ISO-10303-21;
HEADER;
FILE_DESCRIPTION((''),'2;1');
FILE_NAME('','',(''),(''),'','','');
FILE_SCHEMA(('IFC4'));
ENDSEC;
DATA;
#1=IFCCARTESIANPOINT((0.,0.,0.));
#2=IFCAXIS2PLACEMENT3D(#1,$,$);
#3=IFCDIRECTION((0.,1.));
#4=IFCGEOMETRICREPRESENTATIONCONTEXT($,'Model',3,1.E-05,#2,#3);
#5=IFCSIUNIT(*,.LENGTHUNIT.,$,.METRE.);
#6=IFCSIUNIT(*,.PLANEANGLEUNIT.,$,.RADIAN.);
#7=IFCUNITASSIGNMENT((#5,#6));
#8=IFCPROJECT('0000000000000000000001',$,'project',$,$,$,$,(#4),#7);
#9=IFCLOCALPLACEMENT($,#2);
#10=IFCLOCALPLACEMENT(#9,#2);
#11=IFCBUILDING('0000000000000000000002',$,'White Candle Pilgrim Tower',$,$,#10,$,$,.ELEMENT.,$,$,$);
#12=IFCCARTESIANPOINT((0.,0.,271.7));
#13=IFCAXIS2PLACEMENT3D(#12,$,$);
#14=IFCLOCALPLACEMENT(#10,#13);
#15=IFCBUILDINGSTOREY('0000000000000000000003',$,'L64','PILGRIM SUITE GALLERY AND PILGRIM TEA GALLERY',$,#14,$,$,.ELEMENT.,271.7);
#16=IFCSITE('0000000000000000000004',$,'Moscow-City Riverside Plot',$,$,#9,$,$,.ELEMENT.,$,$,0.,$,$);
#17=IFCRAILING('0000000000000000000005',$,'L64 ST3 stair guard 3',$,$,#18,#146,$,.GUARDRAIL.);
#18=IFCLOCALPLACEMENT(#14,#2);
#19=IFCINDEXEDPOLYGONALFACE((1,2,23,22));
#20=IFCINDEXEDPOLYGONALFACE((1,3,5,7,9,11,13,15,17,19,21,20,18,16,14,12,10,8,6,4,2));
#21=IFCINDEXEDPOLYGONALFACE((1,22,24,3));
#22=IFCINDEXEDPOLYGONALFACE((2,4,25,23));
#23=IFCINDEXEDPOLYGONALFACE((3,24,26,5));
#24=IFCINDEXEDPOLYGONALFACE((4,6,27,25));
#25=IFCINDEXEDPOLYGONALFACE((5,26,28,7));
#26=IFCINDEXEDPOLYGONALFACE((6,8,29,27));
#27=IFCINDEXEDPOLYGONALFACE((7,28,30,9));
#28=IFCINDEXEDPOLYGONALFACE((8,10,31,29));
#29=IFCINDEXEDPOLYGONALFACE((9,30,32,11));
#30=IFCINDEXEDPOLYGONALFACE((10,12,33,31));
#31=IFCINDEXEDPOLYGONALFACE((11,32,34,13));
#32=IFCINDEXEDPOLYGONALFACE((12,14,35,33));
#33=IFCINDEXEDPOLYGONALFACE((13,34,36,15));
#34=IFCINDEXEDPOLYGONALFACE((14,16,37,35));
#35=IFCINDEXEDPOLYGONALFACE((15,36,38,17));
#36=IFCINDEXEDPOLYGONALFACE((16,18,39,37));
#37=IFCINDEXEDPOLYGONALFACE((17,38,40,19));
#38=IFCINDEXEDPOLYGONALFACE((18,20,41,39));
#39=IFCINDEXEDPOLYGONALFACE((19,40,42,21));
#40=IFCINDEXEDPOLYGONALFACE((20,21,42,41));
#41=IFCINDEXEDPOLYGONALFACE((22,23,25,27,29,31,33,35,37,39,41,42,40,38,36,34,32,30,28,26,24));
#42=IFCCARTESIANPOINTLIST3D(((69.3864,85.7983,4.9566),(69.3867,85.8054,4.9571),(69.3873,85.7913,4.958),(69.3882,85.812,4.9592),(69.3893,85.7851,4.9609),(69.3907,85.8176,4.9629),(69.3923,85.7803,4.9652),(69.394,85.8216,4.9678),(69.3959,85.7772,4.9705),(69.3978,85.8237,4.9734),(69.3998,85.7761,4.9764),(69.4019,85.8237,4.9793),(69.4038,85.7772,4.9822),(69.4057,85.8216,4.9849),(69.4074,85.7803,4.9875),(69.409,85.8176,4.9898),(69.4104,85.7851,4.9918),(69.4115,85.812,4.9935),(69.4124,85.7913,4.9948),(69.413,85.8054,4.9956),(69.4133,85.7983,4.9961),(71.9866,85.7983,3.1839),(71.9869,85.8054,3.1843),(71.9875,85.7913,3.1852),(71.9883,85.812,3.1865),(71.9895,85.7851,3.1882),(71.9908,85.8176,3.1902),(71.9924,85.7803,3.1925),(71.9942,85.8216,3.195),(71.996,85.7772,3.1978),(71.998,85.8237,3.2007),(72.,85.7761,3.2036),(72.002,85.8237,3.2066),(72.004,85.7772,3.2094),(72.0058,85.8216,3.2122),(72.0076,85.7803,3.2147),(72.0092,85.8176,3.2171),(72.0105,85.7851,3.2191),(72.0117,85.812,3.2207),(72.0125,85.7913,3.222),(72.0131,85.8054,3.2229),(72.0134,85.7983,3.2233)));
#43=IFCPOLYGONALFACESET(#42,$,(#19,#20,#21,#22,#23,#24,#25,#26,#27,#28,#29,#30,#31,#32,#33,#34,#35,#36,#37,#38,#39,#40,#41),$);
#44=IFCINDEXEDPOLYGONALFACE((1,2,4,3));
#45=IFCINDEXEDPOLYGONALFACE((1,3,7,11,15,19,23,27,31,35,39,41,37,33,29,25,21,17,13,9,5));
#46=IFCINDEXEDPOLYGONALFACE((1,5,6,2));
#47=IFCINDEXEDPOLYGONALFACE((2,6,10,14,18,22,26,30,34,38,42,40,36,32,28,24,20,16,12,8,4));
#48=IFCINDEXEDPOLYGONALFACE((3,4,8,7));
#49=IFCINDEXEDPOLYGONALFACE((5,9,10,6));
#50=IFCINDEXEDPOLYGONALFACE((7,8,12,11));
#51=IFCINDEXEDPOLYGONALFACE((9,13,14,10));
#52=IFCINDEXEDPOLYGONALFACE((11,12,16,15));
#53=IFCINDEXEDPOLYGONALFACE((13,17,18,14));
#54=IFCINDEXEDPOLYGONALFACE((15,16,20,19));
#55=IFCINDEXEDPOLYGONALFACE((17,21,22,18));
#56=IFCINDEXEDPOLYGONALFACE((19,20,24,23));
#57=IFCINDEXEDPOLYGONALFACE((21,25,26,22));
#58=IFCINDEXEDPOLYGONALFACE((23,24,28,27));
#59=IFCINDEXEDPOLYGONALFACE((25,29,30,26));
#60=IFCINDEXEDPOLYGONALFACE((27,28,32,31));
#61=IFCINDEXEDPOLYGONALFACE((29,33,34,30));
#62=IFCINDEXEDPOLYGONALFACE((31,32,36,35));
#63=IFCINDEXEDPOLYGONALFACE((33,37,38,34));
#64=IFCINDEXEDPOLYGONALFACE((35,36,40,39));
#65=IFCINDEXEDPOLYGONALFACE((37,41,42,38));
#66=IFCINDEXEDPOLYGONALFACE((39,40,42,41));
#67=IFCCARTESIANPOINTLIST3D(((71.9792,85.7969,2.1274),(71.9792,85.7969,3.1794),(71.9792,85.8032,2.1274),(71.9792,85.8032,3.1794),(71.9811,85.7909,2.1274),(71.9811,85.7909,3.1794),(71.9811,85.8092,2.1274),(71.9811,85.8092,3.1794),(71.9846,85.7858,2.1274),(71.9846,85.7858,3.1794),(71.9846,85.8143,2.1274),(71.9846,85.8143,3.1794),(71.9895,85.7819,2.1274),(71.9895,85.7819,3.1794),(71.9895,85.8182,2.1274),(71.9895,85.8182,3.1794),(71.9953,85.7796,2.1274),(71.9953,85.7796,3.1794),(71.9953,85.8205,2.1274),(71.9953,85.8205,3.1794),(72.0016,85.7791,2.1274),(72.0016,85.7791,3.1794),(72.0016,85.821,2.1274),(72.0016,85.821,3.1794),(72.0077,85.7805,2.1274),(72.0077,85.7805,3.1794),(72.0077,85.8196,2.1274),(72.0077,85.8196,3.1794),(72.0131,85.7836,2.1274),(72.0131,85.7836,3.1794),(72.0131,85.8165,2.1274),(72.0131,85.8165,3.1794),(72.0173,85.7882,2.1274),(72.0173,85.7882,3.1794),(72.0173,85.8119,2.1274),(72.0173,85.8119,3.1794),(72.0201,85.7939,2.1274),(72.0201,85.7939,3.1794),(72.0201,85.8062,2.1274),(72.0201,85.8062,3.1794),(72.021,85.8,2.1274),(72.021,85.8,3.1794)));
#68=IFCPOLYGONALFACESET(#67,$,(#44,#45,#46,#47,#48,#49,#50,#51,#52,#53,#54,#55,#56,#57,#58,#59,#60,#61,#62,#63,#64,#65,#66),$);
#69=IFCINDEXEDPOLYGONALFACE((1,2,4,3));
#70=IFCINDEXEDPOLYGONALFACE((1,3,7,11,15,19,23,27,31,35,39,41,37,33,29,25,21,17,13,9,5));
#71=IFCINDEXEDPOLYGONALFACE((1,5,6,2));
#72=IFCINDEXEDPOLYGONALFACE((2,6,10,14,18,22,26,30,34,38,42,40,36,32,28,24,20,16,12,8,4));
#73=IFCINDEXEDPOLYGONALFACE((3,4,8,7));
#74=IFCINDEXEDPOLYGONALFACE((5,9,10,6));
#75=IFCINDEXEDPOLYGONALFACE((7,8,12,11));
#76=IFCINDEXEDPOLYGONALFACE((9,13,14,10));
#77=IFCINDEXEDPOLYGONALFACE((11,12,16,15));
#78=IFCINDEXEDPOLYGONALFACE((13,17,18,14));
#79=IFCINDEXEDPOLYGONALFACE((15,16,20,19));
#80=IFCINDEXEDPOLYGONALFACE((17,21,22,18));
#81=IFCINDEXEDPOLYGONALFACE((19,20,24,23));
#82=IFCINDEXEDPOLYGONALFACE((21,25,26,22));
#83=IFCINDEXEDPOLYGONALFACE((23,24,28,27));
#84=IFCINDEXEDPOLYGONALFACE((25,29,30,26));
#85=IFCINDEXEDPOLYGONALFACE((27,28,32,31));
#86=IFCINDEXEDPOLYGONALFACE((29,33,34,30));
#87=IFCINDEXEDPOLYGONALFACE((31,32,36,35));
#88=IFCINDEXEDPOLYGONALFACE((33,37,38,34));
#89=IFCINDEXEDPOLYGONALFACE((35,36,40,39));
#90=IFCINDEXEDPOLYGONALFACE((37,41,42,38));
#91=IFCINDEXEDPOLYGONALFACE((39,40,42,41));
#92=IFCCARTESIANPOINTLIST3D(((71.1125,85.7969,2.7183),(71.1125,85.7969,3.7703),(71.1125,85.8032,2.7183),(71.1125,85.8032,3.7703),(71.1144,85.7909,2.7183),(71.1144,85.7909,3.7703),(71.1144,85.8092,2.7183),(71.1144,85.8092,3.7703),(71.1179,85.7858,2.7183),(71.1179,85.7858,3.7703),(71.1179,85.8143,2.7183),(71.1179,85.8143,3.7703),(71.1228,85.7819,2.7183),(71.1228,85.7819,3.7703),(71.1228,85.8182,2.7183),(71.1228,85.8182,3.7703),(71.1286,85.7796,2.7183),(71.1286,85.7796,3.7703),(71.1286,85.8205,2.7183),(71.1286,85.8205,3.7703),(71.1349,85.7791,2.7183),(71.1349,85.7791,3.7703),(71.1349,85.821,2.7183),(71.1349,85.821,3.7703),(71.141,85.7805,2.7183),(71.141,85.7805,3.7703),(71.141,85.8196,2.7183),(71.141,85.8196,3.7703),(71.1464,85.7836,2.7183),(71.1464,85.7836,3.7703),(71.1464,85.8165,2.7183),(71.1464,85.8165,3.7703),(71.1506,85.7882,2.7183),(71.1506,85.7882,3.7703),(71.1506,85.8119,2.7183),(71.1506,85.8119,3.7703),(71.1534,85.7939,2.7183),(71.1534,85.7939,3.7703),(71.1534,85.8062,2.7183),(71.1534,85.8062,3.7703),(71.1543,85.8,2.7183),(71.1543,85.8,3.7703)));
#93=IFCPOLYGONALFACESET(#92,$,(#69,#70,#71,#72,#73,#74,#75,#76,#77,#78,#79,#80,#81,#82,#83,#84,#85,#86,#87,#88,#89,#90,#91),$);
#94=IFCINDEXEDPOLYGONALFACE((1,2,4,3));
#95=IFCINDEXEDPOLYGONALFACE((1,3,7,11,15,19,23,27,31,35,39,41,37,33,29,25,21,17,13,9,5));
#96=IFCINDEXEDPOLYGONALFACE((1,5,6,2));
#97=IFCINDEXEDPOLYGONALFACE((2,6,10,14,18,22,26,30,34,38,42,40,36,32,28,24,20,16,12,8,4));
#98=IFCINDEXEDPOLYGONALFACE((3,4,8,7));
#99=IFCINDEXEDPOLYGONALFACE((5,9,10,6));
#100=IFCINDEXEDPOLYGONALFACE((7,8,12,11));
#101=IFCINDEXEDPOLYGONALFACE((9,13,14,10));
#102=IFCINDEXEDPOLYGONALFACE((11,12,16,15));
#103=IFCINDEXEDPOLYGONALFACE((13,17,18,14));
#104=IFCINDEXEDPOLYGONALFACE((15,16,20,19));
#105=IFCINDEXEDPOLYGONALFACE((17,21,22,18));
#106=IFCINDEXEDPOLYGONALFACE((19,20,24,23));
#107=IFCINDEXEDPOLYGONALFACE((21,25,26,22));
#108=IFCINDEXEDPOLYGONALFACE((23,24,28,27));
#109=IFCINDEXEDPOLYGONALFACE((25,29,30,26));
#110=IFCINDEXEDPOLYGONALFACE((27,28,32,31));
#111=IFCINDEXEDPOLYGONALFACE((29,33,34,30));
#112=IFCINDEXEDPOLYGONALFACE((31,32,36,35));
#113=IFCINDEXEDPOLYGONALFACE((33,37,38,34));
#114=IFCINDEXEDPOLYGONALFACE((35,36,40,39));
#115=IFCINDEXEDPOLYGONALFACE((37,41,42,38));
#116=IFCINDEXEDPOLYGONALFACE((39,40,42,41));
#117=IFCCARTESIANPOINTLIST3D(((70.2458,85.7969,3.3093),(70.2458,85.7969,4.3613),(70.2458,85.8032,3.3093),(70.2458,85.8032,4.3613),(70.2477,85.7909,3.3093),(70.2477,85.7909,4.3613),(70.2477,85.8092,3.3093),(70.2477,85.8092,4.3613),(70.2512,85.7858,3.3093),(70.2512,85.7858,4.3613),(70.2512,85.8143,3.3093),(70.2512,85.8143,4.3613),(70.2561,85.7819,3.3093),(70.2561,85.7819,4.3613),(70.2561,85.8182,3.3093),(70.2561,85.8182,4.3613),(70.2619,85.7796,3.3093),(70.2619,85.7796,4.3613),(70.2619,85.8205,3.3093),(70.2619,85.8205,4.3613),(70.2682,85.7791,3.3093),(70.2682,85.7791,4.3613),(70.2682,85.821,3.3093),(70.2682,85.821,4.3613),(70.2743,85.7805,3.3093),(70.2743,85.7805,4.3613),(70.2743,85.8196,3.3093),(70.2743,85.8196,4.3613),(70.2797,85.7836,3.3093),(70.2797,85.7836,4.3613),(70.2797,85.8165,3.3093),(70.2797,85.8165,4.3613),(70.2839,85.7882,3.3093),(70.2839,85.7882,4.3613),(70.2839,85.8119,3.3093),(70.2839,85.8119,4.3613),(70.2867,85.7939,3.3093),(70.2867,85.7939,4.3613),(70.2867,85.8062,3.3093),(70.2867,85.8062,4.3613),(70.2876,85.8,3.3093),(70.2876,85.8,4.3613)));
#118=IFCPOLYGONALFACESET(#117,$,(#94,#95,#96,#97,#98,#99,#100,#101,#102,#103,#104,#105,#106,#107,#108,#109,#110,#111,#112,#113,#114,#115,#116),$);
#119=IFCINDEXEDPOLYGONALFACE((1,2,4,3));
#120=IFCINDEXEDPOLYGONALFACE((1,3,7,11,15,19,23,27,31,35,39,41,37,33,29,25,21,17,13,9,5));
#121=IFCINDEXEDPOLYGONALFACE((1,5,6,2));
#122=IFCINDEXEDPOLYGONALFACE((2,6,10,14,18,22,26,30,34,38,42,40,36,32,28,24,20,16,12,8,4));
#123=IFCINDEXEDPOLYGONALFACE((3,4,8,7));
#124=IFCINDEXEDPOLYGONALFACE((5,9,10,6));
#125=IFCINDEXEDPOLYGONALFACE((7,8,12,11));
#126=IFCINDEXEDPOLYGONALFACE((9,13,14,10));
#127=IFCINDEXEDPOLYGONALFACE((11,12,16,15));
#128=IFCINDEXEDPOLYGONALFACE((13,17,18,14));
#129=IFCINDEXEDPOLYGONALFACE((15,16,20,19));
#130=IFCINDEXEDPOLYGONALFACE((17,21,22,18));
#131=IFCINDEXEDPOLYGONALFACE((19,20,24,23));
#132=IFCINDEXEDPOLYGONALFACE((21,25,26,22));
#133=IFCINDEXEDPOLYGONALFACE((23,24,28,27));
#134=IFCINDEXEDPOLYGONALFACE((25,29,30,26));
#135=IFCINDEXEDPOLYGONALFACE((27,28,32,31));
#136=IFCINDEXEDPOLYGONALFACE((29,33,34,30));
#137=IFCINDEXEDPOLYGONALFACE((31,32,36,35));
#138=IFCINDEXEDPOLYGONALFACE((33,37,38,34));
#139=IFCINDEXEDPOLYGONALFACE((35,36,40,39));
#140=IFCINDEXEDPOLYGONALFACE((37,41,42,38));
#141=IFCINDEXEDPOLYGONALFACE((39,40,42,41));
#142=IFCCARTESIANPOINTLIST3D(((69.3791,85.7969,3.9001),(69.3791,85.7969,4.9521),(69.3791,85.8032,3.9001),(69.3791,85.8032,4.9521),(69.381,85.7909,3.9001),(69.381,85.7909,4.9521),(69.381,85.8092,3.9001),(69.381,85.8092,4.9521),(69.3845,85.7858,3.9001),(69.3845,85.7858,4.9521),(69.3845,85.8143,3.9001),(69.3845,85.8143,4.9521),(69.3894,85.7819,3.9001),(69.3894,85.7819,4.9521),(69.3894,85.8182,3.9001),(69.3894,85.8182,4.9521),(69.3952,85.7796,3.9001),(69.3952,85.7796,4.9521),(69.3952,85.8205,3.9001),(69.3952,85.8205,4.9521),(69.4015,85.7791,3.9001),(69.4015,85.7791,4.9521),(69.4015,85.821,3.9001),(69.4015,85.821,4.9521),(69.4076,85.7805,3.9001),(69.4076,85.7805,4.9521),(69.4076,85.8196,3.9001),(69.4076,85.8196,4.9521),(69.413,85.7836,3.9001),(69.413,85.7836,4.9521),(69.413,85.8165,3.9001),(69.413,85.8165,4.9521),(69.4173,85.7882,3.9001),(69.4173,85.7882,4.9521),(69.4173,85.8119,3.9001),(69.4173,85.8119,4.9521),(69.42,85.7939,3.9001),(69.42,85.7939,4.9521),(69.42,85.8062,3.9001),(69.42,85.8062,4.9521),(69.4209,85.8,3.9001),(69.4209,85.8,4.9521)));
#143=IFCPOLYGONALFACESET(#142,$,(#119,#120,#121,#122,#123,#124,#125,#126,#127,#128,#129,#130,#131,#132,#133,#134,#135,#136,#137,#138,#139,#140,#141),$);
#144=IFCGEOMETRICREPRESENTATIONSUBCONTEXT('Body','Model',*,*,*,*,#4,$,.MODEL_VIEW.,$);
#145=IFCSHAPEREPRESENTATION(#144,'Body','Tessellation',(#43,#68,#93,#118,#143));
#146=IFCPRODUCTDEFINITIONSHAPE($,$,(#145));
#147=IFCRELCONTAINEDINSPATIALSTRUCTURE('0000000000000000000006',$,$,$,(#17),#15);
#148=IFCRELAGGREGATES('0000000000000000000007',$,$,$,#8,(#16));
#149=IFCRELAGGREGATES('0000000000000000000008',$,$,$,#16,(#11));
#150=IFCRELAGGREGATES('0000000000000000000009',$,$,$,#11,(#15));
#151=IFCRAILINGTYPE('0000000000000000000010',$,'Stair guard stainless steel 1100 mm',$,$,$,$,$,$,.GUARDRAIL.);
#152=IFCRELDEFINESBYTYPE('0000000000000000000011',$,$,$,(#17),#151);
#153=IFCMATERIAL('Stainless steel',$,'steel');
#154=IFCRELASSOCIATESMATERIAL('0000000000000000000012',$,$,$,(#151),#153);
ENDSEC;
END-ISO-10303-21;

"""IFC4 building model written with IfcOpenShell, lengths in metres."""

from ifc_helpers import new_model, si_unit, direction, frame, origin, origin_2d, place, context, subcontext, project, spatial, circle, extrude, material, type_object, element, save


model = new_model("IFC4")

# Units and contexts
model_context = context("Model", 3, precision=1e-05, world=origin(), true_north=direction((0.0, 1.0)))
body_context = subcontext(model_context, "Body", "Model", "MODEL_VIEW")
ifc_project = project(units=[si_unit("LENGTHUNIT", "METRE"), si_unit("PLANEANGLEUNIT", "RADIAN")], contexts=[model_context])

# Site, building, storey
site_placement = place(None, origin())
site = spatial("IfcSite", under=ifc_project, at=site_placement, Name="Moscow-City Riverside Plot", CompositionType="ELEMENT", RefElevation=0.0)
building_placement = place(site_placement, origin())
building = spatial("IfcBuilding", under=site, at=building_placement, Name="White Candle Pilgrim Tower", CompositionType="ELEMENT")
storey_placement = place(building_placement, frame((0.0, 0.0, 271.7)))
storey = spatial("IfcBuildingStorey", under=building, at=storey_placement, Name="L64", Description="PILGRIM SUITE GALLERY AND PILGRIM TEA GALLERY", CompositionType="ELEMENT", Elevation=271.7)

# Railing
ifc_material_1 = material(Name="Stainless steel", Category="steel")
railing_type_1 = type_object("IfcRailingType", Name="Stair guard stainless steel 1100 mm", PredefinedType="GUARDRAIL", material=ifc_material_1)
railing_1_placement = place(storey_placement, frame((72.0, 85.8, 2.1274)))
element("IfcRailing", 1, at=railing_1_placement, inside=storey, type_object=railing_type_1, Name="L64 ST3 stair guard 3", PredefinedType="GUARDRAIL", context=body_context, shape_type="SweptSolid", body=[
    extrude(circle(Radius=0.0239, at=origin_2d()), frame((0.0, 0.0, 1.0762), z_axis=(-0.82624, 0.0, 0.563318), x_axis=(0.0, -1.0, 0.0)), (0.0, 0.0, 1.0), 3.147),
    extrude(circle(Radius=0.021, at=origin_2d()), origin(), (0.0, 0.0, 1.0), 1.052),
    extrude(circle(Radius=0.021, at=origin_2d()), frame((-0.8667, 0.0, 0.5908)), (0.0, 0.0, 1.0), 1.052),
    extrude(circle(Radius=0.021, at=origin_2d()), frame((-1.7334, 0.0, 1.1819)), (0.0, 0.0, 1.0), 1.052),
    extrude(circle(Radius=0.021, at=origin_2d()), frame((-2.6001, 0.0, 1.7727)), (0.0, 0.0, 1.0), 1.052),
])

save(model, "model.ifc")
